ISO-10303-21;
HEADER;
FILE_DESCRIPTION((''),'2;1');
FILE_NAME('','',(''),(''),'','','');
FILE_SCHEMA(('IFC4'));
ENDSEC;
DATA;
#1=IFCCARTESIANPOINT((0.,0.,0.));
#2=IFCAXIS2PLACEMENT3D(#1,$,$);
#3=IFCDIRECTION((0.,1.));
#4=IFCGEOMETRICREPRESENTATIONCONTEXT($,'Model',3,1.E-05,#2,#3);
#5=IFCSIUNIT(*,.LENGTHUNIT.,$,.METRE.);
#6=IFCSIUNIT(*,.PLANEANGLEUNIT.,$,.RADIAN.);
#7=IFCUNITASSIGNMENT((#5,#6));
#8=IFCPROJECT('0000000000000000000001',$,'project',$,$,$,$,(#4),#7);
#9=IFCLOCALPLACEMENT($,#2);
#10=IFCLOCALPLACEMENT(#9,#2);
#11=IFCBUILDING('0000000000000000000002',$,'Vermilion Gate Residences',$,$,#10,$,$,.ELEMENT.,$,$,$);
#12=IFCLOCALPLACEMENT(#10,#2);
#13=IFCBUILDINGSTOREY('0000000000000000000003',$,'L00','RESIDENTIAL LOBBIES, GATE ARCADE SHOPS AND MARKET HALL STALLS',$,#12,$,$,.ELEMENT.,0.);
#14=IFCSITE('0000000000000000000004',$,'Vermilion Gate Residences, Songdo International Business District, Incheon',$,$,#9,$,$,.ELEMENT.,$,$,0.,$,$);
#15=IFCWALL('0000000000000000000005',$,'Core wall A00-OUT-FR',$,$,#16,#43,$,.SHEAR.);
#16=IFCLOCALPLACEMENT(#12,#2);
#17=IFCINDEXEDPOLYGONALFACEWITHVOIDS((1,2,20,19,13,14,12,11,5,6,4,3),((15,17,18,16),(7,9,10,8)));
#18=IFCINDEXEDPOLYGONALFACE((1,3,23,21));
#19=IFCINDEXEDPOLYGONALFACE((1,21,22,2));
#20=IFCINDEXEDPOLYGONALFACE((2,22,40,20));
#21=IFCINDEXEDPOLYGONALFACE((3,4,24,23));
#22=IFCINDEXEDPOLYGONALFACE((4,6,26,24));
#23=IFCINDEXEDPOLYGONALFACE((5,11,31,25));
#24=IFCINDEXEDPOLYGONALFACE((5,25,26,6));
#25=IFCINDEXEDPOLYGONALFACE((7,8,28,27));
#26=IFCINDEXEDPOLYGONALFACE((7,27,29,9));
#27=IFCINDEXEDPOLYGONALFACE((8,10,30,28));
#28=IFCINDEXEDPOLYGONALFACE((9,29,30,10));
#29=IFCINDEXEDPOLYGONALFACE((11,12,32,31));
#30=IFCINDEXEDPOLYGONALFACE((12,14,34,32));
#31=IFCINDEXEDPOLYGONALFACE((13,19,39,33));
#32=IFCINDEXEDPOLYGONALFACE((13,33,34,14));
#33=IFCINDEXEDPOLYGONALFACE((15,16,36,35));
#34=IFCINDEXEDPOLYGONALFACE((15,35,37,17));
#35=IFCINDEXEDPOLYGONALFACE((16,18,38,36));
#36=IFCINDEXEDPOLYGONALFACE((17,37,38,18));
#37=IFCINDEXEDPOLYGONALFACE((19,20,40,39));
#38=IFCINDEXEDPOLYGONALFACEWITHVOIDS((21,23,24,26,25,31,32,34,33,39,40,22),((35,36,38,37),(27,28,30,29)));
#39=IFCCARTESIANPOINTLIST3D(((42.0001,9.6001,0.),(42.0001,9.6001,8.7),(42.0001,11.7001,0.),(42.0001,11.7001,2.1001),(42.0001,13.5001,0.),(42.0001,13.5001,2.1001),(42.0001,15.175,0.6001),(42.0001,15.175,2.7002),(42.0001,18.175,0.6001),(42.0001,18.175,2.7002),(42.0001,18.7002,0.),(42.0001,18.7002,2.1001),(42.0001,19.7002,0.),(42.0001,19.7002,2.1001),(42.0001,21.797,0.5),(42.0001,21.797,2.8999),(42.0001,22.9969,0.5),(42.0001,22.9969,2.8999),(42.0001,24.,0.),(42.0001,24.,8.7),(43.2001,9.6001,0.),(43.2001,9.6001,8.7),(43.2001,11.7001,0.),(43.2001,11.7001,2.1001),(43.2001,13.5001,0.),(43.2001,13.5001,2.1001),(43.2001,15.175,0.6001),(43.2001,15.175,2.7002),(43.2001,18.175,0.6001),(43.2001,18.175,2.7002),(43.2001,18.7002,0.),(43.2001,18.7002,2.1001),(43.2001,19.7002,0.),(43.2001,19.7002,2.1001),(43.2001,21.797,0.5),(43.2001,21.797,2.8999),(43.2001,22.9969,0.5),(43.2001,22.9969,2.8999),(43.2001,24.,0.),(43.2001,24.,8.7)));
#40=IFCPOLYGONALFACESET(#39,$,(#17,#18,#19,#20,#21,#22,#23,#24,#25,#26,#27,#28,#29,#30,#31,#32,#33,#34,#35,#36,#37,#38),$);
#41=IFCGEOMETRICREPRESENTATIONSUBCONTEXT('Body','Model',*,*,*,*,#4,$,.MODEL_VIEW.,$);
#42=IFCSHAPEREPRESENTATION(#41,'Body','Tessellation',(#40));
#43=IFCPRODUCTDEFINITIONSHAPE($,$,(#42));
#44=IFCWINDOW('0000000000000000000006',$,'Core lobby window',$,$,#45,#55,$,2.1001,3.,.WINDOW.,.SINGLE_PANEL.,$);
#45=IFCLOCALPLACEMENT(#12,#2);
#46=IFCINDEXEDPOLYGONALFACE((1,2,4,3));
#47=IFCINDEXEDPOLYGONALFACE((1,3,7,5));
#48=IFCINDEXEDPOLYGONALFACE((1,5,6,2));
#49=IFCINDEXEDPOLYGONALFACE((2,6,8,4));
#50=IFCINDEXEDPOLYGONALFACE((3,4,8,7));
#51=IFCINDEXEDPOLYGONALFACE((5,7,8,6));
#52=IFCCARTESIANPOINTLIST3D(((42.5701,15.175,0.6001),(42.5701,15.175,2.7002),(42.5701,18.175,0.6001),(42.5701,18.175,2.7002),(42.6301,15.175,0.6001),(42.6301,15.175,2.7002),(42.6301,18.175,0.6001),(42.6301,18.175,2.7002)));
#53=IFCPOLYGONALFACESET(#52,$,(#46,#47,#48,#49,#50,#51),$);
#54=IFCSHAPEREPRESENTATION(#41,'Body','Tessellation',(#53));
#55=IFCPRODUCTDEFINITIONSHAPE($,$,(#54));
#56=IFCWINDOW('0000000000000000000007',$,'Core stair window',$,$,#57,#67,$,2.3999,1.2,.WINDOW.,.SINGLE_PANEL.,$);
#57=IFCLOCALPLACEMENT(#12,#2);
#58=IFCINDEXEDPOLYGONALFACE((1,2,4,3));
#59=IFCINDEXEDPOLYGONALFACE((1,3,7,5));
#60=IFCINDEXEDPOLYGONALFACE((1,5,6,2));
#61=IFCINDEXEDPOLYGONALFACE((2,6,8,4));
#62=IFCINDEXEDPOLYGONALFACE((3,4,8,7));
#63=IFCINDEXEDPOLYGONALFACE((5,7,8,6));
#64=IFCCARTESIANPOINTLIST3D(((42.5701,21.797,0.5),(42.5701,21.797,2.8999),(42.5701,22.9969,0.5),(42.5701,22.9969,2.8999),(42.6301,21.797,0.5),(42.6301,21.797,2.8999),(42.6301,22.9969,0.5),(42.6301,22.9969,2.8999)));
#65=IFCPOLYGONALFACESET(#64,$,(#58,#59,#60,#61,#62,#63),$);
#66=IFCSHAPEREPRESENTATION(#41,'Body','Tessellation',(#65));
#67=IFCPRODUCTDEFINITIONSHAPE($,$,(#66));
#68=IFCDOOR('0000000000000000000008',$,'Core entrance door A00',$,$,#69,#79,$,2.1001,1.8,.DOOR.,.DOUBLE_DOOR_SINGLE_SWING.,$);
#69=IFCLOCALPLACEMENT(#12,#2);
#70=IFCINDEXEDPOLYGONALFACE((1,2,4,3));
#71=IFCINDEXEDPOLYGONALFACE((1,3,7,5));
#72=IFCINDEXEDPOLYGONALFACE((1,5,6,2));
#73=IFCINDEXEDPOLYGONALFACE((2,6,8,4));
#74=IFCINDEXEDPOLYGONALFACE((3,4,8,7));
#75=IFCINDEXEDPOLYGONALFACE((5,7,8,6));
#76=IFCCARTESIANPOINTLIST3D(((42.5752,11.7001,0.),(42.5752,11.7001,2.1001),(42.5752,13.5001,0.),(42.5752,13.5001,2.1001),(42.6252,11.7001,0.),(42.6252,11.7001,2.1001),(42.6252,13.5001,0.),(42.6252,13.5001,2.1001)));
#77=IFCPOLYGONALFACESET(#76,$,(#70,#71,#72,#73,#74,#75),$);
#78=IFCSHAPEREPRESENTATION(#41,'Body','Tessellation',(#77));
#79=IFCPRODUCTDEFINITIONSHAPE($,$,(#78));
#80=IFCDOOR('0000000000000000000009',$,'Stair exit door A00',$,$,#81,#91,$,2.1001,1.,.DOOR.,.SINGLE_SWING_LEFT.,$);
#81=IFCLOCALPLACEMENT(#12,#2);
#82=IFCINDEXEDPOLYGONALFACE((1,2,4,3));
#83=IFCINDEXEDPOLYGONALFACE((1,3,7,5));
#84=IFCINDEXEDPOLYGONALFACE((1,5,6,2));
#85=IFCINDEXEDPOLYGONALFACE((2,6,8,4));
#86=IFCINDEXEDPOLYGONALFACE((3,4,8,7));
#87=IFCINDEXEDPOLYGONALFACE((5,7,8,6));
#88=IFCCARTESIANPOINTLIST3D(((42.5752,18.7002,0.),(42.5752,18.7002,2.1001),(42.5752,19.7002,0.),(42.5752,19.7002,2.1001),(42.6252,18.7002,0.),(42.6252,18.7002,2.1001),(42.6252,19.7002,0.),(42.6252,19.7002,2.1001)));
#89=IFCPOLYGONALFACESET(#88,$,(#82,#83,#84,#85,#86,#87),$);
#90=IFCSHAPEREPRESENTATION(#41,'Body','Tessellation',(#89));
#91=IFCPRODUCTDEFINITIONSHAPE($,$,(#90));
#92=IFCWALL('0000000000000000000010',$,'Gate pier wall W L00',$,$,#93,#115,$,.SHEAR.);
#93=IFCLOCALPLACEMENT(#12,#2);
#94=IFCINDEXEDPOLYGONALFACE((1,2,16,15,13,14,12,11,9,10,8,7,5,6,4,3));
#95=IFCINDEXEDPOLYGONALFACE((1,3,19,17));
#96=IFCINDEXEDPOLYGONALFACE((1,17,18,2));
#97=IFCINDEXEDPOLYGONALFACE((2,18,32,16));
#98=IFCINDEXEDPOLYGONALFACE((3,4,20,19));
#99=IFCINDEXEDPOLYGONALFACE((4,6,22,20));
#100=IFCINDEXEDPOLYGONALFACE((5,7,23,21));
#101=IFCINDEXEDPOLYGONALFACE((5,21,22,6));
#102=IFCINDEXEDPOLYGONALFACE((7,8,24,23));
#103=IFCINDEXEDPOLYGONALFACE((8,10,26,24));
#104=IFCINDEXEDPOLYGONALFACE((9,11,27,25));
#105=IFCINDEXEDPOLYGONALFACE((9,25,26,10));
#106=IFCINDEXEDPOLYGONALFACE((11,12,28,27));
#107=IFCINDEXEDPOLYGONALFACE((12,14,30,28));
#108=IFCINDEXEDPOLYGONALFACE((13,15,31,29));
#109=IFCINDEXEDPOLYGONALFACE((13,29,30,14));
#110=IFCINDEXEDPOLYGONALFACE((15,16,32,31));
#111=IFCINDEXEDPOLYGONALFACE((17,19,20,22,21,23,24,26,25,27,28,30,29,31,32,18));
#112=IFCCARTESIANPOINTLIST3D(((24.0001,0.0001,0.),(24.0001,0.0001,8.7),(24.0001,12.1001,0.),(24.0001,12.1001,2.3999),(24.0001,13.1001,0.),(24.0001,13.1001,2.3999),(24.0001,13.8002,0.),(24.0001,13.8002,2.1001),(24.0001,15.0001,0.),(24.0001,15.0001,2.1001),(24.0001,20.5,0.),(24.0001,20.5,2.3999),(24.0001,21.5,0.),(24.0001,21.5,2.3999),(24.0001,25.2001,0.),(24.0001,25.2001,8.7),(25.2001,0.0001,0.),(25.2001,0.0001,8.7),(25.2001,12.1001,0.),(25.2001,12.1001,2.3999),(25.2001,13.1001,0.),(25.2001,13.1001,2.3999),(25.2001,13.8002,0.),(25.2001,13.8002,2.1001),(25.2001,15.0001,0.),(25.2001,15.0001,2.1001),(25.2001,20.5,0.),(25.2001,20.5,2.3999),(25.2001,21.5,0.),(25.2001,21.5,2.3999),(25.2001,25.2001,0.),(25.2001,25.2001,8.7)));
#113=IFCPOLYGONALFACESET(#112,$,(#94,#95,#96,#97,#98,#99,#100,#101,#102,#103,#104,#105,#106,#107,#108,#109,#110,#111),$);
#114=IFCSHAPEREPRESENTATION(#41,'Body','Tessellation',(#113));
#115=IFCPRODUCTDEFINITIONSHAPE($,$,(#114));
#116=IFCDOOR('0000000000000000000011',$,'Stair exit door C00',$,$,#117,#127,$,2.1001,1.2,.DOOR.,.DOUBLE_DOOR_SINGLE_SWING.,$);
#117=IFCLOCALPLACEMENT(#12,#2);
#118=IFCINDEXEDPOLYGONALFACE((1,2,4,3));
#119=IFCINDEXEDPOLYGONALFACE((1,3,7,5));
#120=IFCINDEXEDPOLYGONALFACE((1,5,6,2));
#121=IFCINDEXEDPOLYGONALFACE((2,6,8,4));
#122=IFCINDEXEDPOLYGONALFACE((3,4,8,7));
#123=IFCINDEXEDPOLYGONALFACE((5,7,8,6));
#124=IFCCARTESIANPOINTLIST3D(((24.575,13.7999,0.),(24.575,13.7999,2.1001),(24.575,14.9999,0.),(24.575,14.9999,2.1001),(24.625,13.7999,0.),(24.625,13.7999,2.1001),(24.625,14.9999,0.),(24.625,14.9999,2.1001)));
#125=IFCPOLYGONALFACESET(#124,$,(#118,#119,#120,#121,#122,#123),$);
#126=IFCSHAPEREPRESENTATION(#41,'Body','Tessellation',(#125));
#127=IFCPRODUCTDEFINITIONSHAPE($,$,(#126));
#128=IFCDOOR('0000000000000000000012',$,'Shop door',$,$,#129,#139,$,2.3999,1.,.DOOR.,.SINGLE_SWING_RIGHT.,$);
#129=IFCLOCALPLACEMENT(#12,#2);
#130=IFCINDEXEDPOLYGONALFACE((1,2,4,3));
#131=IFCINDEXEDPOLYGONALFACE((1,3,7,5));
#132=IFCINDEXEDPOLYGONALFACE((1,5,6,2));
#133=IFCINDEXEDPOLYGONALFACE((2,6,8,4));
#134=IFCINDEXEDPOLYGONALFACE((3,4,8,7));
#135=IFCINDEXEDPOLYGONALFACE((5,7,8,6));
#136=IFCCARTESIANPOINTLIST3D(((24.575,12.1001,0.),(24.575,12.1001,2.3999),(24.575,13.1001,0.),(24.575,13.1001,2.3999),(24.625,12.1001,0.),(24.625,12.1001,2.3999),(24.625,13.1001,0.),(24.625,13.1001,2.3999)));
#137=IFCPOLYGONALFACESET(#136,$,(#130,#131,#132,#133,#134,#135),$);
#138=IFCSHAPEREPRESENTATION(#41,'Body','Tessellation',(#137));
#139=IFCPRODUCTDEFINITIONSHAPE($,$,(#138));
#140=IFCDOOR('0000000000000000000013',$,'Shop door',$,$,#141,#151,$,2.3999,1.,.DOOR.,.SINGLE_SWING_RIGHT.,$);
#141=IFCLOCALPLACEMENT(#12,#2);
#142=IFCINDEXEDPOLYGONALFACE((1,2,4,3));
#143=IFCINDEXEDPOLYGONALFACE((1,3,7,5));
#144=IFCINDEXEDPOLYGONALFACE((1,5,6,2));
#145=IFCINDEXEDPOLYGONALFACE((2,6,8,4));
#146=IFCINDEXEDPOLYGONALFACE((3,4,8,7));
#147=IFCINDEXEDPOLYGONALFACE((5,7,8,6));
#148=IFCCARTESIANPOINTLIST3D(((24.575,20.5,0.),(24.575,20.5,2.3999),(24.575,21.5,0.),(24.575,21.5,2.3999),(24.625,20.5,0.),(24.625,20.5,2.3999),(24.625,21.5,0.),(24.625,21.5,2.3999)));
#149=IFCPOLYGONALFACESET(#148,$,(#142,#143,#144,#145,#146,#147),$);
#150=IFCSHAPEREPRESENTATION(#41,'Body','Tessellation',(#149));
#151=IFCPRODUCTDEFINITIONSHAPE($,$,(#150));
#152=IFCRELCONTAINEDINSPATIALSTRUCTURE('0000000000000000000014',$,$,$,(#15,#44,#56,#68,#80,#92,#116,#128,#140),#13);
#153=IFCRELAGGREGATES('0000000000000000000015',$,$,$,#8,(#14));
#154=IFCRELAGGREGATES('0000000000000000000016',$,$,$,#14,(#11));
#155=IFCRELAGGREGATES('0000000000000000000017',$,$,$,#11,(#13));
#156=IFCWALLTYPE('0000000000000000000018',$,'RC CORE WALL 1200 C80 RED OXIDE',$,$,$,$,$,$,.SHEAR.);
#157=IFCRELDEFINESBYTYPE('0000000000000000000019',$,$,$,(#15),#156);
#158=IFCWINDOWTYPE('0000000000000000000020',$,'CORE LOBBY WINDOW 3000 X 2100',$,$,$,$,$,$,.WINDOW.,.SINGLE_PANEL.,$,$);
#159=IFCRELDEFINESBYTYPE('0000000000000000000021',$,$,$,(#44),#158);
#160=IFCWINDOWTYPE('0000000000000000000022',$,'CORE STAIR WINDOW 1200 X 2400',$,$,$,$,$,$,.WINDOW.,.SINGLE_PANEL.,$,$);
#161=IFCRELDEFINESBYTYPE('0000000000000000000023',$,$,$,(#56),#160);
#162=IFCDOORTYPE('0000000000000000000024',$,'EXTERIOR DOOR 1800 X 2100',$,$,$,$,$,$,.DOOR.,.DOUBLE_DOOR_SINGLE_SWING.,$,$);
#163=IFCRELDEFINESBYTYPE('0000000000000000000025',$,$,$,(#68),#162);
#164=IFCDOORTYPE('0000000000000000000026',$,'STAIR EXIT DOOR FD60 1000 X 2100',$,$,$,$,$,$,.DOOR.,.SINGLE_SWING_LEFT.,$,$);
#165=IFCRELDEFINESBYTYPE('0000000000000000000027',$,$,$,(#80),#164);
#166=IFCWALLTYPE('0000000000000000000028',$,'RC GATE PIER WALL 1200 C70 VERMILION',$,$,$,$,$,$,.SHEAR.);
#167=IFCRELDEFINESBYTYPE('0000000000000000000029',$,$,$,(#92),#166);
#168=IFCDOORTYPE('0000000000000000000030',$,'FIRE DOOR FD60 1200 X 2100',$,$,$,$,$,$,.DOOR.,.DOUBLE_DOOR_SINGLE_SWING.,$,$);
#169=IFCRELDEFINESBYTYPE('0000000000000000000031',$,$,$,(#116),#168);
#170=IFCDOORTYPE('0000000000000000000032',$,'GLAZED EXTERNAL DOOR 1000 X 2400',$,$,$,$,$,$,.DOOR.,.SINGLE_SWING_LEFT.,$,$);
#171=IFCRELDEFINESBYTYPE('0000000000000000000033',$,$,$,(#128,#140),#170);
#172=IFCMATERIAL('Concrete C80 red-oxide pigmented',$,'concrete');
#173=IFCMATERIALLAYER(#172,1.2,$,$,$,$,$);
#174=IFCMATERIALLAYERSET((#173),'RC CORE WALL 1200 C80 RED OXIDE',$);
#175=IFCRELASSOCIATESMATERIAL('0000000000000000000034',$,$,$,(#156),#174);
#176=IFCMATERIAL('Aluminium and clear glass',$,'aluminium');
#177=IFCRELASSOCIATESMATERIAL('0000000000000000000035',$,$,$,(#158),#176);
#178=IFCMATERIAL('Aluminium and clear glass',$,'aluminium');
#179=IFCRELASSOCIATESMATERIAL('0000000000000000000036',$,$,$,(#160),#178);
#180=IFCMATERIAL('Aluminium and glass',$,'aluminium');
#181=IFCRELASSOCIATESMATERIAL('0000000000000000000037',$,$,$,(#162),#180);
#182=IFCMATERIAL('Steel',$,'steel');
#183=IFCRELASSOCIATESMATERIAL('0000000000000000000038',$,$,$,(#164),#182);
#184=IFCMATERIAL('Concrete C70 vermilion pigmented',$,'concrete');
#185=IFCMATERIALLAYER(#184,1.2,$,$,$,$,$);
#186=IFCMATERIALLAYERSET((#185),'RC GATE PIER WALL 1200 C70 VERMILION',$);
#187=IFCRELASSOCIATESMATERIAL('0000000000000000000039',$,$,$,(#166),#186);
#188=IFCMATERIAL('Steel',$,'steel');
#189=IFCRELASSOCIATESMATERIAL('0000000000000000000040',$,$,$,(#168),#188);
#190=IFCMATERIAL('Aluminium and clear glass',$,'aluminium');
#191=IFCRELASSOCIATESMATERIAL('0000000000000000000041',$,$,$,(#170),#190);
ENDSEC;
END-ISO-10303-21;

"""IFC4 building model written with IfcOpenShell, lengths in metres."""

from ifc_helpers import new_model, si_unit, direction, frame, frame_2d, origin, place, context, subcontext, project, spatial, rectangle, extrude, material, layer, layer_set, type_object, element, fill, save


model = new_model("IFC4")

# Units and contexts
model_context = context("Model", 3, precision=1e-05, world=origin(), true_north=direction((0.0, 1.0)))
body_context = subcontext(model_context, "Body", "Model", "MODEL_VIEW")
ifc_project = project(units=[si_unit("LENGTHUNIT", "METRE"), si_unit("PLANEANGLEUNIT", "RADIAN")], contexts=[model_context])

# Site, building, storey
site_placement = place(None, origin())
site = spatial("IfcSite", under=ifc_project, at=site_placement, Name="Vermilion Gate Residences, Songdo International Business District, Incheon", CompositionType="ELEMENT", RefElevation=0.0)
building_placement = place(site_placement, origin())
building = spatial("IfcBuilding", under=site, at=building_placement, Name="Vermilion Gate Residences", CompositionType="ELEMENT")
storey_placement = place(building_placement, origin())
storey = spatial("IfcBuildingStorey", under=building, at=storey_placement, Name="L00", Description="RESIDENTIAL LOBBIES, GATE ARCADE SHOPS AND MARKET HALL STALLS", CompositionType="ELEMENT", Elevation=0.0)

# Wall, openings, windows, doors
ifc_material_1 = material(Name="Concrete C80 red-oxide pigmented", Category="concrete")
ifc_layer_1 = layer(ifc_material_1, 1.2)
ifc_layer_set_1 = layer_set([ifc_layer_1], Name="RC CORE WALL 1200 C80 RED OXIDE")
wall_type_1 = type_object("IfcWallType", Name="RC CORE WALL 1200 C80 RED OXIDE", PredefinedType="SHEAR", material=ifc_layer_set_1)
wall_1_placement = place(storey_placement, frame((42.6001, 9.6001, 0.0), z_axis=(0.0, 0.0, 1.0), x_axis=(0.0, 1.0, 0.0)))
wall_1 = element("IfcWall", 1, at=wall_1_placement, inside=storey, type_object=wall_type_1, Name="Core wall A00-OUT-FR", PredefinedType="SHEAR", context=body_context, shape_type="SweptSolid", body=[
    extrude(rectangle(XDim=14.3999, YDim=1.2, at=frame_2d((7.2, 0.0))), origin(), (0.0, 0.0, 1.0), 8.7),
])
opening_1_placement = place(wall_1_placement, frame((2.1001, 0.0, 0.0)))
opening_1 = element("IfcOpeningElement", 2, at=opening_1_placement, cuts=wall_1, PredefinedType="OPENING", context=body_context, shape_type="SweptSolid", body=[
    extrude(rectangle(XDim=1.8, YDim=2.1001, at=frame_2d((0.8999, 1.05))), frame((0.0, 0.6099, 0.0), z_axis=(0.0, -1.0, 0.0), x_axis=(1.0, 0.0, 0.0)), (0.0, 0.0, 1.0), 1.22),
])
opening_2_placement = place(wall_1_placement, frame((9.1001, 0.0, 0.0)))
opening_2 = element("IfcOpeningElement", 3, at=opening_2_placement, cuts=wall_1, PredefinedType="OPENING", context=body_context, shape_type="SweptSolid", body=[
    extrude(rectangle(XDim=1.0, YDim=2.1001, at=frame_2d((0.5, 1.05))), frame((0.0, 0.6099, 0.0), z_axis=(0.0, -1.0, 0.0), x_axis=(1.0, 0.0, 0.0)), (0.0, 0.0, 1.0), 1.22),
])
opening_3_placement = place(wall_1_placement, frame((5.575, 0.0, 0.6001)))
opening_3 = element("IfcOpeningElement", 4, at=opening_3_placement, cuts=wall_1, PredefinedType="OPENING", context=body_context, shape_type="SweptSolid", body=[
    extrude(rectangle(XDim=3.0, YDim=2.1001, at=frame_2d((1.5, 1.05))), frame((0.0, 0.6099, 0.0), z_axis=(0.0, -1.0, 0.0), x_axis=(1.0, 0.0, 0.0)), (0.0, 0.0, 1.0), 1.22),
])
opening_4_placement = place(wall_1_placement, frame((12.1968, 0.0, 0.5)))
opening_4 = element("IfcOpeningElement", 5, at=opening_4_placement, cuts=wall_1, PredefinedType="OPENING", context=body_context, shape_type="SweptSolid", body=[
    extrude(rectangle(XDim=1.2, YDim=2.3999, at=frame_2d((0.6001, 1.2))), frame((0.0, 0.6099, 0.0), z_axis=(0.0, -1.0, 0.0), x_axis=(1.0, 0.0, 0.0)), (0.0, 0.0, 1.0), 1.22),
])
ifc_material_2 = material(Name="Aluminium and clear glass", Category="aluminium")
window_type_1 = type_object("IfcWindowType", Name="CORE LOBBY WINDOW 3000 X 2100", PartitioningType="SINGLE_PANEL", PredefinedType="WINDOW", material=ifc_material_2)
window_1_placement = place(opening_3_placement, origin())
window_1 = element("IfcWindow", 6, at=window_1_placement, inside=storey, type_object=window_type_1, Name="Core lobby window", OverallHeight=2.1001, OverallWidth=3.0, PartitioningType="SINGLE_PANEL", PredefinedType="WINDOW", context=body_context, shape_type="SweptSolid", body=[
    extrude(rectangle(XDim=3.0, YDim=2.1001, at=frame_2d((1.5, 1.05))), frame((0.0, 0.03, 0.0), z_axis=(0.0, -1.0, 0.0), x_axis=(1.0, 0.0, 0.0)), (0.0, 0.0, 1.0), 0.0601),
])
fill(opening_3, window_1)
ifc_material_3 = material(Name="Aluminium and clear glass", Category="aluminium")
window_type_2 = type_object("IfcWindowType", Name="CORE STAIR WINDOW 1200 X 2400", PartitioningType="SINGLE_PANEL", PredefinedType="WINDOW", material=ifc_material_3)
window_2_placement = place(opening_4_placement, origin())
window_2 = element("IfcWindow", 7, at=window_2_placement, inside=storey, type_object=window_type_2, Name="Core stair window", OverallHeight=2.3999, OverallWidth=1.2, PartitioningType="SINGLE_PANEL", PredefinedType="WINDOW", context=body_context, shape_type="SweptSolid", body=[
    extrude(rectangle(XDim=1.2, YDim=2.3999, at=frame_2d((0.6001, 1.2))), frame((0.0, 0.03, 0.0), z_axis=(0.0, -1.0, 0.0), x_axis=(1.0, 0.0, 0.0)), (0.0, 0.0, 1.0), 0.0601),
])
fill(opening_4, window_2)
ifc_material_4 = material(Name="Aluminium and glass", Category="aluminium")
door_type_1 = type_object("IfcDoorType", Name="EXTERIOR DOOR 1800 X 2100", OperationType="DOUBLE_DOOR_SINGLE_SWING", PredefinedType="DOOR", material=ifc_material_4)
door_1_placement = place(opening_1_placement, origin())
door_1 = element("IfcDoor", 8, at=door_1_placement, inside=storey, type_object=door_type_1, Name="Core entrance door A00", OperationType="DOUBLE_DOOR_SINGLE_SWING", OverallHeight=2.1001, OverallWidth=1.8, PredefinedType="DOOR", context=body_context, shape_type="SweptSolid", body=[
    extrude(rectangle(XDim=1.8, YDim=2.1001, at=frame_2d((0.8999, 1.05))), frame((0.0, 0.0249, 0.0), z_axis=(0.0, -1.0, 0.0), x_axis=(1.0, 0.0, 0.0)), (0.0, 0.0, 1.0), 0.05),
])
fill(opening_1, door_1)
ifc_material_5 = material(Name="Steel", Category="steel")
door_type_2 = type_object("IfcDoorType", Name="STAIR EXIT DOOR FD60 1000 X 2100", OperationType="SINGLE_SWING_LEFT", PredefinedType="DOOR", material=ifc_material_5)
door_2_placement = place(opening_2_placement, origin())
door_2 = element("IfcDoor", 9, at=door_2_placement, inside=storey, type_object=door_type_2, Name="Stair exit door A00", OperationType="SINGLE_SWING_LEFT", OverallHeight=2.1001, OverallWidth=1.0, PredefinedType="DOOR", context=body_context, shape_type="SweptSolid", body=[
    extrude(rectangle(XDim=1.0, YDim=2.1001, at=frame_2d((0.5, 1.05))), frame((0.0, 0.0249, 0.0), z_axis=(0.0, -1.0, 0.0), x_axis=(1.0, 0.0, 0.0)), (0.0, 0.0, 1.0), 0.05),
])
fill(opening_2, door_2)

# Wall, openings, doors
ifc_material_6 = material(Name="Concrete C70 vermilion pigmented", Category="concrete")
ifc_layer_2 = layer(ifc_material_6, 1.2)
ifc_layer_set_2 = layer_set([ifc_layer_2], Name="RC GATE PIER WALL 1200 C70 VERMILION")
wall_type_2 = type_object("IfcWallType", Name="RC GATE PIER WALL 1200 C70 VERMILION", PredefinedType="SHEAR", material=ifc_layer_set_2)
wall_2_placement = place(storey_placement, frame((24.6001, 0.0, 0.0), z_axis=(0.0, 0.0, 1.0), x_axis=(0.0, 1.0, 0.0)))
wall_2 = element("IfcWall", 10, at=wall_2_placement, inside=storey, type_object=wall_type_2, Name="Gate pier wall W L00", PredefinedType="SHEAR", context=body_context, shape_type="SweptSolid", body=[
    extrude(rectangle(XDim=25.2, YDim=1.2, at=frame_2d((12.6001, 0.0))), origin(), (0.0, 0.0, 1.0), 8.7),
])
opening_5_placement = place(wall_2_placement, frame((13.8, 0.0, 0.0)))
opening_5 = element("IfcOpeningElement", 11, at=opening_5_placement, cuts=wall_2, PredefinedType="OPENING", context=body_context, shape_type="SweptSolid", body=[
    extrude(rectangle(XDim=1.2, YDim=2.1001, at=frame_2d((0.6001, 1.05))), frame((0.0, 0.6099, 0.0), z_axis=(0.0, -1.0, 0.0), x_axis=(1.0, 0.0, 0.0)), (0.0, 0.0, 1.0), 1.22),
])
opening_6_placement = place(wall_2_placement, frame((12.1001, 0.0, 0.0)))
opening_6 = element("IfcOpeningElement", 12, at=opening_6_placement, cuts=wall_2, PredefinedType="OPENING", context=body_context, shape_type="SweptSolid", body=[
    extrude(rectangle(XDim=1.0, YDim=2.3999, at=frame_2d((0.5, 1.2))), frame((0.0, 0.6099, 0.0), z_axis=(0.0, -1.0, 0.0), x_axis=(1.0, 0.0, 0.0)), (0.0, 0.0, 1.0), 1.22),
])
opening_7_placement = place(wall_2_placement, frame((20.5, 0.0, 0.0)))
opening_7 = element("IfcOpeningElement", 13, at=opening_7_placement, cuts=wall_2, PredefinedType="OPENING", context=body_context, shape_type="SweptSolid", body=[
    extrude(rectangle(XDim=1.0, YDim=2.3999, at=frame_2d((0.5, 1.2))), frame((0.0, 0.6099, 0.0), z_axis=(0.0, -1.0, 0.0), x_axis=(1.0, 0.0, 0.0)), (0.0, 0.0, 1.0), 1.22),
])
ifc_material_7 = material(Name="Steel", Category="steel")
door_type_3 = type_object("IfcDoorType", Name="FIRE DOOR FD60 1200 X 2100", OperationType="DOUBLE_DOOR_SINGLE_SWING", PredefinedType="DOOR", material=ifc_material_7)
door_3_placement = place(opening_5_placement, frame((1.2, 0.0, 0.0), z_axis=(0.0, 0.0, 1.0), x_axis=(-1.0, 0.0, 0.0)))
door_3 = element("IfcDoor", 14, at=door_3_placement, inside=storey, type_object=door_type_3, Name="Stair exit door C00", OperationType="DOUBLE_DOOR_SINGLE_SWING", OverallHeight=2.1001, OverallWidth=1.2, PredefinedType="DOOR", context=body_context, shape_type="SweptSolid", body=[
    extrude(rectangle(XDim=1.2, YDim=2.1001, at=frame_2d((0.6001, 1.05))), frame((0.0, 0.0249, 0.0), z_axis=(0.0, -1.0, 0.0), x_axis=(1.0, 0.0, 0.0)), (0.0, 0.0, 1.0), 0.05),
])
fill(opening_5, door_3)
ifc_material_8 = material(Name="Aluminium and clear glass", Category="aluminium")
door_type_4 = type_object("IfcDoorType", Name="GLAZED EXTERNAL DOOR 1000 X 2400", OperationType="SINGLE_SWING_LEFT", PredefinedType="DOOR", material=ifc_material_8)
door_4_placement = place(opening_6_placement, frame((1.0, 0.0, 0.0), z_axis=(0.0, 0.0, 1.0), x_axis=(-1.0, 0.0, 0.0)))
door_4 = element("IfcDoor", 15, at=door_4_placement, inside=storey, type_object=door_type_4, Name="Shop door", OperationType="SINGLE_SWING_RIGHT", OverallHeight=2.3999, OverallWidth=1.0, PredefinedType="DOOR", context=body_context, shape_type="SweptSolid", body=[
    extrude(rectangle(XDim=1.0, YDim=2.3999, at=frame_2d((0.5, 1.2))), frame((0.0, 0.0249, 0.0), z_axis=(0.0, -1.0, 0.0), x_axis=(1.0, 0.0, 0.0)), (0.0, 0.0, 1.0), 0.05),
])
fill(opening_6, door_4)
door_5_placement = place(opening_7_placement, frame((1.0, 0.0, 0.0), z_axis=(0.0, 0.0, 1.0), x_axis=(-1.0, 0.0, 0.0)))
door_5 = element("IfcDoor", 16, at=door_5_placement, inside=storey, type_object=door_type_4, Name="Shop door", OperationType="SINGLE_SWING_RIGHT", OverallHeight=2.3999, OverallWidth=1.0, PredefinedType="DOOR", context=body_context, shape_type="SweptSolid", body=[
    extrude(rectangle(XDim=1.0, YDim=2.3999, at=frame_2d((0.5, 1.2))), frame((0.0, 0.0249, 0.0), z_axis=(0.0, -1.0, 0.0), x_axis=(1.0, 0.0, 0.0)), (0.0, 0.0, 1.0), 0.05),
])
fill(opening_7, door_5)

save(model, "model.ifc")
